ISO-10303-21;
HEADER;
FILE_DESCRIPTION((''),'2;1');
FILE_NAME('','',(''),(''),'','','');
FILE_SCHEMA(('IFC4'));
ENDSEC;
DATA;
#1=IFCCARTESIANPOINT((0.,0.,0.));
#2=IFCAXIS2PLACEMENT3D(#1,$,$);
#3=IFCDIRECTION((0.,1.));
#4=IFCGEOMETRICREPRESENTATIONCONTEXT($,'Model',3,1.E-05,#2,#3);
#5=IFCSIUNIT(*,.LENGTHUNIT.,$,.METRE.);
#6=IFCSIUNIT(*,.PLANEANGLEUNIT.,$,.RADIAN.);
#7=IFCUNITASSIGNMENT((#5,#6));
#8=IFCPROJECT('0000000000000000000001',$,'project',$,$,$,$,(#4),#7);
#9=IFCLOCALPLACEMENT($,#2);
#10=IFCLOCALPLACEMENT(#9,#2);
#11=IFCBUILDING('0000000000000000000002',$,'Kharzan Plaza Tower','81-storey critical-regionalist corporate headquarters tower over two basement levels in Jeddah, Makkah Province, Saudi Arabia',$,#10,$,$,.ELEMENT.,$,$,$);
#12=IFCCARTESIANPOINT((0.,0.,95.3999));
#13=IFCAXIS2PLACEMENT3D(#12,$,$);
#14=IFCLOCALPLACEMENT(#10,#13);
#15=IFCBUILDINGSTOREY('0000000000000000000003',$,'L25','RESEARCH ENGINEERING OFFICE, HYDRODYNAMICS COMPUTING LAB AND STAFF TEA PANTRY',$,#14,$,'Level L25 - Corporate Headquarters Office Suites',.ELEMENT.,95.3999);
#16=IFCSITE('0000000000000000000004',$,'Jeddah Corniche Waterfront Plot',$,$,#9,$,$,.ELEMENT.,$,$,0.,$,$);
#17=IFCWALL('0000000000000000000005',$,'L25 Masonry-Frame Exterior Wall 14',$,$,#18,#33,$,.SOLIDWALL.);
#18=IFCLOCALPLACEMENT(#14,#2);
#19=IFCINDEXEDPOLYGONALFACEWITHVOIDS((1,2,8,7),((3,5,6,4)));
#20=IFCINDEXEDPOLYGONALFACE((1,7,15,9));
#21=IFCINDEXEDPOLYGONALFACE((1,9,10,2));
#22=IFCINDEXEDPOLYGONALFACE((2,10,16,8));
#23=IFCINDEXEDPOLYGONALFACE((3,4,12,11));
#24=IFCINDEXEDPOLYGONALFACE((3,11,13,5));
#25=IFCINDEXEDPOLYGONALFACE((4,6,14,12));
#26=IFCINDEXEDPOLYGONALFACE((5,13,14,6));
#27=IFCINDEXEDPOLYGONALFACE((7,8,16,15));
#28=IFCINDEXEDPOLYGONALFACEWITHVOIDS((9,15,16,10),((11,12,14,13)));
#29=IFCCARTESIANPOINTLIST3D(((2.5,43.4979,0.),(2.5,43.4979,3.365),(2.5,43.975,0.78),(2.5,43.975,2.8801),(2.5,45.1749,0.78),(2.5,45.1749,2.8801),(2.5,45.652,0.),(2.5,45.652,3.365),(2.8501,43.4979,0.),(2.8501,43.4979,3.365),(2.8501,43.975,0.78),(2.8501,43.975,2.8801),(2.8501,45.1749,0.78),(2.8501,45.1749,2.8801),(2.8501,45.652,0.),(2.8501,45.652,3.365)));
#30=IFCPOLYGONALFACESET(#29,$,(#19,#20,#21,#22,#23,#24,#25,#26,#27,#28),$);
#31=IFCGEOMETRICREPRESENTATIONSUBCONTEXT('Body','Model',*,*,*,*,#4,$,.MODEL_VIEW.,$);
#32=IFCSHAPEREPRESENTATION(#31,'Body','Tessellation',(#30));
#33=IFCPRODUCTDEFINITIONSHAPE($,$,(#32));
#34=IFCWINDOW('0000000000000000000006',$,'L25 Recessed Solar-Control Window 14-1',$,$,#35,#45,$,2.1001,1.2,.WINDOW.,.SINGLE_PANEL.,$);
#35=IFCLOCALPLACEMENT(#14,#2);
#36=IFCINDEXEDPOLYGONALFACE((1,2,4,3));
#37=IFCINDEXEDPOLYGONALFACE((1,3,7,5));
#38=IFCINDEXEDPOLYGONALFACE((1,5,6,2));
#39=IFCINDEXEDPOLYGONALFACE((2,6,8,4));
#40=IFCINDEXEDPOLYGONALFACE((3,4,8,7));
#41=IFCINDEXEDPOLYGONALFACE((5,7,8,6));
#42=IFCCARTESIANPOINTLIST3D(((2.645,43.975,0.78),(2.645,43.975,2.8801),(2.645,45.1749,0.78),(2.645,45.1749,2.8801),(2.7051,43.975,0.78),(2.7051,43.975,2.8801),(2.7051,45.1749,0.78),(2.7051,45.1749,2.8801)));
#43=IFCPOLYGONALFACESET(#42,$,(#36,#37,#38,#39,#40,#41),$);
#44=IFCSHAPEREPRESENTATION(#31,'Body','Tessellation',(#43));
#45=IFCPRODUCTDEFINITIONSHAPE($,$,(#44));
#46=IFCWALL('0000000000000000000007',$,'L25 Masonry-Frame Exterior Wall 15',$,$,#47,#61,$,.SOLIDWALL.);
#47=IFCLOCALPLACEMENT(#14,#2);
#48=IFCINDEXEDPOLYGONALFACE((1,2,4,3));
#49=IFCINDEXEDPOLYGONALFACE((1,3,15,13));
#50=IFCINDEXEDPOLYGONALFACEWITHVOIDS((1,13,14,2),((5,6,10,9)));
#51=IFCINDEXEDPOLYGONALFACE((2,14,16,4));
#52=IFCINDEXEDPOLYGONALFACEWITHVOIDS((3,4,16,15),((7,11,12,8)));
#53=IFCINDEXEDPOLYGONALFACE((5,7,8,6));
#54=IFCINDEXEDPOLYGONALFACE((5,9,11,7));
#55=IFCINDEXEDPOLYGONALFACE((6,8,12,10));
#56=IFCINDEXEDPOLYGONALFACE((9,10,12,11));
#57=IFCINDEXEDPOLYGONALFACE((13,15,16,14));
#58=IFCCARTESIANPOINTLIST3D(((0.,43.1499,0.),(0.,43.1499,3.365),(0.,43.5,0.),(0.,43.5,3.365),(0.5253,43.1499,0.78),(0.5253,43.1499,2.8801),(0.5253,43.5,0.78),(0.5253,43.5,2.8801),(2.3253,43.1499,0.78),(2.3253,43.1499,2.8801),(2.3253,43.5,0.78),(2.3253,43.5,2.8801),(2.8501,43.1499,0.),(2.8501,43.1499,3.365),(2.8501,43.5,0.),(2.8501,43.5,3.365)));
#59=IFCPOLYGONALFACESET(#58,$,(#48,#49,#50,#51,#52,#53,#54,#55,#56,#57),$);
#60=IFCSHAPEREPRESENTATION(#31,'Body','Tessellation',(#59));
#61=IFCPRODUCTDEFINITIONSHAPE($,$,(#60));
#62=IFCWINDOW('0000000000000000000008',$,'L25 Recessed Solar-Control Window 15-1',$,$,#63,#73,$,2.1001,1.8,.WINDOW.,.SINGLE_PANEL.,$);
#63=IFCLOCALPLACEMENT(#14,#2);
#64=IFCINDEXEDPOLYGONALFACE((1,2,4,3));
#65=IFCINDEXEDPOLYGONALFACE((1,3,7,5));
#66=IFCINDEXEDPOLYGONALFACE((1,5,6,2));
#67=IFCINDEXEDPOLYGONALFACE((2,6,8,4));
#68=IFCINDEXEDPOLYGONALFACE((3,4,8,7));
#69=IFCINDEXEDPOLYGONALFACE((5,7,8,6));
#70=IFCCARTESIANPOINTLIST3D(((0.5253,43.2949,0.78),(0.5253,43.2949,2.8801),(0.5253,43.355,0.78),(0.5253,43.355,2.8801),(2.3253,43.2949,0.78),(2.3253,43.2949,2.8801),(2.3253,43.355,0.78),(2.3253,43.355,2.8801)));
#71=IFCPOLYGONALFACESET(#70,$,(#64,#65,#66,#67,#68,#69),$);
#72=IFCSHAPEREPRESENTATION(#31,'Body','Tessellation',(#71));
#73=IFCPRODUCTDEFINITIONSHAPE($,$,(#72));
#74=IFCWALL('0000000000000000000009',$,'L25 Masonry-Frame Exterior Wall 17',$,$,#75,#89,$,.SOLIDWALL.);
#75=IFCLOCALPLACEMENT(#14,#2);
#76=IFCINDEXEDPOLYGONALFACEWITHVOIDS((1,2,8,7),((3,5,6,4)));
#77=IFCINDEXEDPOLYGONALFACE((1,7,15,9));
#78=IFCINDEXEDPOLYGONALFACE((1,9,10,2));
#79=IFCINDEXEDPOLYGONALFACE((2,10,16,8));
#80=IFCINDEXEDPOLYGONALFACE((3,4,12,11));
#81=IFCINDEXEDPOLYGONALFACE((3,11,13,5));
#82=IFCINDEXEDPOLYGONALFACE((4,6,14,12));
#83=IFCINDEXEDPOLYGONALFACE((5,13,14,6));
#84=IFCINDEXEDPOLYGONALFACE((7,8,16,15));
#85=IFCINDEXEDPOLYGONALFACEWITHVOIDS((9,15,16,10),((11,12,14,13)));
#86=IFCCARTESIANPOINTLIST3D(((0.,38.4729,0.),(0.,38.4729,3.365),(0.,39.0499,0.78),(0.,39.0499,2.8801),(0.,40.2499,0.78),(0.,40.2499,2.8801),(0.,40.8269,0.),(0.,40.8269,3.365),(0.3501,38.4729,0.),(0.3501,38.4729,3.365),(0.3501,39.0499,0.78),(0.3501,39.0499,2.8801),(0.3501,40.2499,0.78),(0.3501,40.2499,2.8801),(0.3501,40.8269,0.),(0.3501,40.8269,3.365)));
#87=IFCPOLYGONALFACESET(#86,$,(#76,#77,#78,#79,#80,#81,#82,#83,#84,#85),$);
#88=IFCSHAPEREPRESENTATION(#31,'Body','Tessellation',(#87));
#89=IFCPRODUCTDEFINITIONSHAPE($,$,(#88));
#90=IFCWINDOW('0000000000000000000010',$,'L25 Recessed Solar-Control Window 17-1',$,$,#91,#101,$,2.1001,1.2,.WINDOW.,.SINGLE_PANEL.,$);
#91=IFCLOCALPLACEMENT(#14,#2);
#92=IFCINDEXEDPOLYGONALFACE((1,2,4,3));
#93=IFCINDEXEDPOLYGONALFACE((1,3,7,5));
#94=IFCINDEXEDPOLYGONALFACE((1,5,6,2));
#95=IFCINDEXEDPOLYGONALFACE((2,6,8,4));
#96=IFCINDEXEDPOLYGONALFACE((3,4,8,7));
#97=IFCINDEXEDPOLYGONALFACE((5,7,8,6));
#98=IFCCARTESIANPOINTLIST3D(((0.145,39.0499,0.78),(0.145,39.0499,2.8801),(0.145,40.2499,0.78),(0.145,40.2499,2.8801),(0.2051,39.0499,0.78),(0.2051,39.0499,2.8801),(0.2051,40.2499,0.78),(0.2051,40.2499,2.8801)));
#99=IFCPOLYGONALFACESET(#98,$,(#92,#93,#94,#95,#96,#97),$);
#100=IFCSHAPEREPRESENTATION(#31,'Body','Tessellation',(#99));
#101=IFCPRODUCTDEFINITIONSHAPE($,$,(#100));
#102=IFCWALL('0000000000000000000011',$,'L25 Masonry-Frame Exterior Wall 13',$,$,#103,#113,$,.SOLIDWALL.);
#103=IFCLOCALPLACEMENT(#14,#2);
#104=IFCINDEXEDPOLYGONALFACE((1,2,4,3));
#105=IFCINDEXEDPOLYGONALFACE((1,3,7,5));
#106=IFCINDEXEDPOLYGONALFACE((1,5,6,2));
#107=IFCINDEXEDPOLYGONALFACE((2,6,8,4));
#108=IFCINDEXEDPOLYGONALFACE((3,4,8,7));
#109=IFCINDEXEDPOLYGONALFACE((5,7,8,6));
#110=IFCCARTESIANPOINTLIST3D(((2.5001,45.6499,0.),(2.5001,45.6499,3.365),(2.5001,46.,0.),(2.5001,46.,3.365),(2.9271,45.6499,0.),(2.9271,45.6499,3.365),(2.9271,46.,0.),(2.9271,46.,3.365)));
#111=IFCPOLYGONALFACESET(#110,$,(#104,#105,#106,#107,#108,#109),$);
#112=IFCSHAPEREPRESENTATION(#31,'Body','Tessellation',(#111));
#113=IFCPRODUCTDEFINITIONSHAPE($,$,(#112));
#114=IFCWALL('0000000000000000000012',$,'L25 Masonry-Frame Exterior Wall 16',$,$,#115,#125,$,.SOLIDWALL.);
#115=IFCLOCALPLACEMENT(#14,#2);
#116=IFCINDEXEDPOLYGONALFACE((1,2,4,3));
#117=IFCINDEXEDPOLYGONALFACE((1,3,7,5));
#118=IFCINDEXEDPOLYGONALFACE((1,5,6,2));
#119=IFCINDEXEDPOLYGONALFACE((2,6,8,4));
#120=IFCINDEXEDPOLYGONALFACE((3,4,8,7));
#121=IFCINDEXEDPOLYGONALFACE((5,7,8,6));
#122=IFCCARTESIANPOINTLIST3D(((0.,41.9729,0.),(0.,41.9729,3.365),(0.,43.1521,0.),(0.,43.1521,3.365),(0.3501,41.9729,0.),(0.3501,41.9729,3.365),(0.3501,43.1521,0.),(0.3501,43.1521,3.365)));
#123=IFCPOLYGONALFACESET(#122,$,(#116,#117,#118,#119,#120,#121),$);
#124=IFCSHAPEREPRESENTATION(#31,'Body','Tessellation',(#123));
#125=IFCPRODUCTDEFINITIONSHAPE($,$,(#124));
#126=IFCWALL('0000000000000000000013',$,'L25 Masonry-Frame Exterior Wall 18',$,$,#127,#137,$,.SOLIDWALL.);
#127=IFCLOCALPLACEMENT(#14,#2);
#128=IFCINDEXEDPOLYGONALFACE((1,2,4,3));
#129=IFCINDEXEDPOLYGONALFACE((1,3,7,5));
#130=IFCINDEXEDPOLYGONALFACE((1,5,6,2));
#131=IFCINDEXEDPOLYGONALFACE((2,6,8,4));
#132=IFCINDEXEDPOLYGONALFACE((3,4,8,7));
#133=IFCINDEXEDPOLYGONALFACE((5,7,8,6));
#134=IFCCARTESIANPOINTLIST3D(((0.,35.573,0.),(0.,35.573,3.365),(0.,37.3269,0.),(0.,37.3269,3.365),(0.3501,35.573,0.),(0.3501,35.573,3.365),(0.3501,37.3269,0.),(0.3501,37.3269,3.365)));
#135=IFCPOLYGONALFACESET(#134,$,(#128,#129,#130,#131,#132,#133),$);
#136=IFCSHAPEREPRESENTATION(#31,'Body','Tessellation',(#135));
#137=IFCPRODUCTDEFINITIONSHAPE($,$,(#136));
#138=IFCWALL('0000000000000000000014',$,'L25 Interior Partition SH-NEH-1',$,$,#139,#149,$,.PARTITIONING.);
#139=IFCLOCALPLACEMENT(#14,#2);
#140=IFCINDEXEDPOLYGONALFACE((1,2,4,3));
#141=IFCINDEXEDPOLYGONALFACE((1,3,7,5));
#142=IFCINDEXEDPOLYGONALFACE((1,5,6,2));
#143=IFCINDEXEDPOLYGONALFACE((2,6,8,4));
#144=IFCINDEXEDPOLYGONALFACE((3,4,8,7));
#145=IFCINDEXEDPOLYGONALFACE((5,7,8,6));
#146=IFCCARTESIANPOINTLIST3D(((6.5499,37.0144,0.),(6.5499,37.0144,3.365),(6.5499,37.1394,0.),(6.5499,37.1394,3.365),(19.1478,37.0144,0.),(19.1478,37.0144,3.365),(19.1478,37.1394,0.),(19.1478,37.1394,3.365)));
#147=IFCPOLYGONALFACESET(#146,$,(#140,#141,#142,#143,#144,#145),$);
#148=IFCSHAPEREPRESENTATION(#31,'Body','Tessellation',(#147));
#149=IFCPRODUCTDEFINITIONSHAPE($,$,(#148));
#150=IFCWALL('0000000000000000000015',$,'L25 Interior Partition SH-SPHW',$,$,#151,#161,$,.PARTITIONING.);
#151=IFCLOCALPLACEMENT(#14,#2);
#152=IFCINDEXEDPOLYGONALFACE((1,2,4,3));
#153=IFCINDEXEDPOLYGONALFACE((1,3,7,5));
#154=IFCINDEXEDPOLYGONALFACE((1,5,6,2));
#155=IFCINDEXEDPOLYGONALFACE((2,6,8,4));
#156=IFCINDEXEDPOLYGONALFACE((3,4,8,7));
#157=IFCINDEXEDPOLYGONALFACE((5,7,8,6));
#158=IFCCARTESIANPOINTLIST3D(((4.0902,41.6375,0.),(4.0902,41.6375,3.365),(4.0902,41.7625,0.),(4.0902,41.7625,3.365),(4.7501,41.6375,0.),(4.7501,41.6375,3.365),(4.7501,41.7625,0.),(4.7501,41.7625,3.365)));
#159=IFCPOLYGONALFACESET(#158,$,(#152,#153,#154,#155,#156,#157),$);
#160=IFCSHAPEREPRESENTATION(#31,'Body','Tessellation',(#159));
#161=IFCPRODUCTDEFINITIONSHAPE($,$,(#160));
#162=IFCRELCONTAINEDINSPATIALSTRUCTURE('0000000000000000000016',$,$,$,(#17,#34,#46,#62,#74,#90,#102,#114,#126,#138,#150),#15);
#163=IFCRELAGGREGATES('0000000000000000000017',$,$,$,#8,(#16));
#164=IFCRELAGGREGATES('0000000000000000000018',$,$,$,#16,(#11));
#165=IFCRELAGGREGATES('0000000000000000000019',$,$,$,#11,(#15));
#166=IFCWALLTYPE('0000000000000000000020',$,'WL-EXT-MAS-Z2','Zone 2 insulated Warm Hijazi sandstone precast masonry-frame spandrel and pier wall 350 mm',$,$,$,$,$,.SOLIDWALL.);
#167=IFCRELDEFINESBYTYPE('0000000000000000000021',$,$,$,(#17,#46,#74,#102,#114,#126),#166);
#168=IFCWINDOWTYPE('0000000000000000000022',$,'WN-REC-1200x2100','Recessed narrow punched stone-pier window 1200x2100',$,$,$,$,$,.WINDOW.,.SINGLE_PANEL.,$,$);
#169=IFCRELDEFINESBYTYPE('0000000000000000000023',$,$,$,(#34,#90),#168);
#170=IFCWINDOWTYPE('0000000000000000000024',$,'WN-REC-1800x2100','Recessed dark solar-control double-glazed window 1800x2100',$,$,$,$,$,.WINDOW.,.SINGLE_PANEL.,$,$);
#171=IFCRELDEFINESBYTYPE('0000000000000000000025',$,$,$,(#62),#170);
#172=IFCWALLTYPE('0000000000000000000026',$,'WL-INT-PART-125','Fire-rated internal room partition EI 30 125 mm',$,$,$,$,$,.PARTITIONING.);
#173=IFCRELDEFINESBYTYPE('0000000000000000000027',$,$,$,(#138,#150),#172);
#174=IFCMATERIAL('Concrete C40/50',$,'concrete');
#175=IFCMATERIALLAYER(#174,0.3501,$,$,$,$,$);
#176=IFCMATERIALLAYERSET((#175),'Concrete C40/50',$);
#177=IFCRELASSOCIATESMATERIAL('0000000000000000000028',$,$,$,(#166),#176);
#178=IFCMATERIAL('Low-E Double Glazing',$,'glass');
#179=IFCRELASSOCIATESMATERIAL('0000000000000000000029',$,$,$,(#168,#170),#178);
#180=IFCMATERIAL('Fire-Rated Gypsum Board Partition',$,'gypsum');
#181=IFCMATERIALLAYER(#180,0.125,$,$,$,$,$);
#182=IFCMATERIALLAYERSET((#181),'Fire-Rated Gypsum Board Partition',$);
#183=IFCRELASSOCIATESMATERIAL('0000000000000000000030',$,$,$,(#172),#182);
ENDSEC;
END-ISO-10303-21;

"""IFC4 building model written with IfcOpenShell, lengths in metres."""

from ifc_helpers import new_model, si_unit, direction, frame, frame_2d, origin, place, context, subcontext, project, spatial, rectangle, extrude, source, transform, mapped, material, layer, layer_set, type_object, element, fill, save


model = new_model("IFC4")

# Units and contexts
model_context = context("Model", 3, precision=1e-05, world=origin(), true_north=direction((0.0, 1.0)))
body_context = subcontext(model_context, "Body", "Model", "MODEL_VIEW")
ifc_project = project(units=[si_unit("LENGTHUNIT", "METRE"), si_unit("PLANEANGLEUNIT", "RADIAN")], contexts=[model_context])

# Site, building, storey
site_placement = place(None, origin())
site = spatial("IfcSite", under=ifc_project, at=site_placement, Name="Jeddah Corniche Waterfront Plot", CompositionType="ELEMENT", RefElevation=0.0)
building_placement = place(site_placement, origin())
building = spatial("IfcBuilding", under=site, at=building_placement, Name="Kharzan Plaza Tower", Description="81-storey critical-regionalist corporate headquarters tower over two basement levels in Jeddah, Makkah Province, Saudi Arabia", CompositionType="ELEMENT")
storey_placement = place(building_placement, frame((0.0, 0.0, 95.3999)))
storey = spatial("IfcBuildingStorey", under=building, at=storey_placement, Name="L25", Description="RESEARCH ENGINEERING OFFICE, HYDRODYNAMICS COMPUTING LAB AND STAFF TEA PANTRY", LongName="Level L25 - Corporate Headquarters Office Suites", CompositionType="ELEMENT", Elevation=95.3999)

# Walls, openings, windows
ifc_material_1 = material(Name="Concrete C40/50", Category="concrete")
ifc_layer_1 = layer(ifc_material_1, 0.3501)
ifc_layer_set_1 = layer_set([ifc_layer_1], Name="Concrete C40/50")
wall_type_1 = type_object("IfcWallType", Name="WL-EXT-MAS-Z2", Description="Zone 2 insulated Warm Hijazi sandstone precast masonry-frame spandrel and pier wall 350 mm", PredefinedType="SOLIDWALL", material=ifc_layer_set_1)
wall_1_placement = place(storey_placement, frame((2.675, 45.6521, 0.0), z_axis=(0.0, 0.0, 1.0), x_axis=(0.0, -1.0, 0.0)))
wall_1 = element("IfcWall", 1, at=wall_1_placement, inside=storey, type_object=wall_type_1, Name="L25 Masonry-Frame Exterior Wall 14", PredefinedType="SOLIDWALL", context=body_context, shape_type="SweptSolid", body=[
    extrude(rectangle(XDim=2.1541, YDim=0.3501, at=frame_2d((1.0771, 0.0))), origin(), (0.0, 0.0, 1.0), 3.365),
])
opening_1_placement = place(wall_1_placement, frame((0.4771, 0.0, 0.78)))
opening_1 = element("IfcOpeningElement", 2, at=opening_1_placement, cuts=wall_1, PredefinedType="OPENING", context=body_context, shape_type="SweptSolid", body=[
    extrude(rectangle(XDim=1.2, YDim=2.1001, at=frame_2d((0.6001, 1.05))), frame((0.0, 0.1851, 0.0), z_axis=(0.0, -1.0, 0.0), x_axis=(1.0, 0.0, 0.0)), (0.0, 0.0, 1.0), 0.3701),
])
ifc_material_2 = material(Name="Low-E Double Glazing", Category="glass")
window_type_1 = type_object("IfcWindowType", Name="WN-REC-1200x2100", Description="Recessed narrow punched stone-pier window 1200x2100", PartitioningType="SINGLE_PANEL", PredefinedType="WINDOW", material=ifc_material_2)
shared_shape_1 = source(origin(), body_context, "Body", "SweptSolid", [
    extrude(rectangle(XDim=1.2, YDim=2.1001, at=frame_2d((0.6001, 1.05))), frame((0.0, 0.03, 0.0), z_axis=(0.0, -1.0, 0.0), x_axis=(1.0, 0.0, 0.0)), (0.0, 0.0, 1.0), 0.0601),
])
window_1_placement = place(opening_1_placement, origin())
window_1 = element("IfcWindow", 3, at=window_1_placement, inside=storey, type_object=window_type_1, Name="L25 Recessed Solar-Control Window 14-1", OverallHeight=2.1001, OverallWidth=1.2, PartitioningType="SINGLE_PANEL", PredefinedType="WINDOW", context=body_context, shape_type="MappedRepresentation", body=[
    mapped(shared_shape_1, transform((0.0, 0.0, 0.0), x_axis=(1.0, 0.0, 0.0), y_axis=(0.0, 1.0, 0.0), z_axis=(0.0, 0.0, 1.0))),
])
fill(opening_1, window_1)
wall_2_placement = place(storey_placement, frame((2.8501, 43.325, 0.0), z_axis=(0.0, 0.0, 1.0), x_axis=(-1.0, 0.0, 0.0)))
wall_2 = element("IfcWall", 4, at=wall_2_placement, inside=storey, type_object=wall_type_1, Name="L25 Masonry-Frame Exterior Wall 15", PredefinedType="SOLIDWALL", context=body_context, shape_type="SweptSolid", body=[
    extrude(rectangle(XDim=2.8501, YDim=0.3501, at=frame_2d((1.425, 0.0))), origin(), (0.0, 0.0, 1.0), 3.365),
])
opening_2_placement = place(wall_2_placement, frame((0.5249, 0.0, 0.78)))
opening_2 = element("IfcOpeningElement", 5, at=opening_2_placement, cuts=wall_2, PredefinedType="OPENING", context=body_context, shape_type="SweptSolid", body=[
    extrude(rectangle(XDim=1.8, YDim=2.1001, at=frame_2d((0.8999, 1.05))), frame((0.0, 0.1851, 0.0), z_axis=(0.0, -1.0, 0.0), x_axis=(1.0, 0.0, 0.0)), (0.0, 0.0, 1.0), 0.3701),
])
window_type_2 = type_object("IfcWindowType", Name="WN-REC-1800x2100", Description="Recessed dark solar-control double-glazed window 1800x2100", PartitioningType="SINGLE_PANEL", PredefinedType="WINDOW", material=ifc_material_2)
shared_shape_2 = source(origin(), body_context, "Body", "SweptSolid", [
    extrude(rectangle(XDim=1.8, YDim=2.1001, at=frame_2d((0.8999, 1.05))), frame((0.0, 0.03, 0.0), z_axis=(0.0, -1.0, 0.0), x_axis=(1.0, 0.0, 0.0)), (0.0, 0.0, 1.0), 0.0601),
])
window_2_placement = place(opening_2_placement, origin())
window_2 = element("IfcWindow", 6, at=window_2_placement, inside=storey, type_object=window_type_2, Name="L25 Recessed Solar-Control Window 15-1", OverallHeight=2.1001, OverallWidth=1.8, PartitioningType="SINGLE_PANEL", PredefinedType="WINDOW", context=body_context, shape_type="MappedRepresentation", body=[
    mapped(shared_shape_2, transform((0.0, 0.0, 0.0), x_axis=(1.0, 0.0, 0.0), y_axis=(0.0, 1.0, 0.0), z_axis=(0.0, 0.0, 1.0))),
])
fill(opening_2, window_2)
wall_3_placement = place(storey_placement, frame((0.175, 40.8269, 0.0), z_axis=(0.0, 0.0, 1.0), x_axis=(0.0, -1.0, 0.0)))
wall_3 = element("IfcWall", 7, at=wall_3_placement, inside=storey, type_object=wall_type_1, Name="L25 Masonry-Frame Exterior Wall 17", PredefinedType="SOLIDWALL", context=body_context, shape_type="SweptSolid", body=[
    extrude(rectangle(XDim=2.354, YDim=0.3501, at=frame_2d((1.177, 0.0))), origin(), (0.0, 0.0, 1.0), 3.365),
])
opening_3_placement = place(wall_3_placement, frame((0.5769, 0.0, 0.78)))
opening_3 = element("IfcOpeningElement", 8, at=opening_3_placement, cuts=wall_3, PredefinedType="OPENING", context=body_context, shape_type="SweptSolid", body=[
    extrude(rectangle(XDim=1.2, YDim=2.1001, at=frame_2d((0.6001, 1.05))), frame((0.0, 0.1851, 0.0), z_axis=(0.0, -1.0, 0.0), x_axis=(1.0, 0.0, 0.0)), (0.0, 0.0, 1.0), 0.3701),
])
window_3_placement = place(opening_3_placement, origin())
window_3 = element("IfcWindow", 9, at=window_3_placement, inside=storey, type_object=window_type_1, Name="L25 Recessed Solar-Control Window 17-1", OverallHeight=2.1001, OverallWidth=1.2, PartitioningType="SINGLE_PANEL", PredefinedType="WINDOW", context=body_context, shape_type="MappedRepresentation", body=[
    mapped(shared_shape_1, transform((0.0, 0.0, 0.0), x_axis=(1.0, 0.0, 0.0), y_axis=(0.0, 1.0, 0.0), z_axis=(0.0, 0.0, 1.0))),
])
fill(opening_3, window_3)

# Shared definitions
ifc_material_3 = material(Name="Fire-Rated Gypsum Board Partition", Category="gypsum")
ifc_layer_2 = layer(ifc_material_3, 0.125)
ifc_layer_set_2 = layer_set([ifc_layer_2], Name="Fire-Rated Gypsum Board Partition")
wall_type_2 = type_object("IfcWallType", Name="WL-INT-PART-125", Description="Fire-rated internal room partition EI 30 125 mm", PredefinedType="PARTITIONING", material=ifc_layer_set_2)

# Walls
shared_shape_3 = source(origin(), body_context, "Body", "SweptSolid", [
    extrude(rectangle(XDim=0.427, YDim=0.3501, at=frame_2d((0.2134, 0.0))), origin(), (0.0, 0.0, 1.0), 3.365),
])
wall_4_placement = place(storey_placement, frame((2.927, 45.825, 0.0), z_axis=(0.0, 0.0, 1.0), x_axis=(-1.0, 0.0, 0.0)))
element("IfcWall", 10, at=wall_4_placement, inside=storey, type_object=wall_type_1, Name="L25 Masonry-Frame Exterior Wall 13", PredefinedType="SOLIDWALL", context=body_context, shape_type="MappedRepresentation", body=[
    mapped(shared_shape_3, transform((0.0, 0.0, 0.0), x_axis=(1.0, 0.0, 0.0), y_axis=(0.0, 1.0, 0.0), z_axis=(0.0, 0.0, 1.0))),
])
shared_shape_4 = source(origin(), body_context, "Body", "SweptSolid", [
    extrude(rectangle(XDim=1.1792, YDim=0.3501, at=frame_2d((0.5896, 0.0))), origin(), (0.0, 0.0, 1.0), 3.365),
])
wall_5_placement = place(storey_placement, frame((0.175, 43.1521, 0.0), z_axis=(0.0, 0.0, 1.0), x_axis=(0.0, -1.0, 0.0)))
element("IfcWall", 11, at=wall_5_placement, inside=storey, type_object=wall_type_1, Name="L25 Masonry-Frame Exterior Wall 16", PredefinedType="SOLIDWALL", context=body_context, shape_type="MappedRepresentation", body=[
    mapped(shared_shape_4, transform((0.0, 0.0, 0.0), x_axis=(1.0, 0.0, 0.0), y_axis=(0.0, 1.0, 0.0), z_axis=(0.0, 0.0, 1.0))),
])
shared_shape_5 = source(origin(), body_context, "Body", "SweptSolid", [
    extrude(rectangle(XDim=1.7539, YDim=0.3501, at=frame_2d((0.877, 0.0))), origin(), (0.0, 0.0, 1.0), 3.365),
])
wall_6_placement = place(storey_placement, frame((0.175, 37.3269, 0.0), z_axis=(0.0, 0.0, 1.0), x_axis=(0.0, -1.0, 0.0)))
element("IfcWall", 12, at=wall_6_placement, inside=storey, type_object=wall_type_1, Name="L25 Masonry-Frame Exterior Wall 18", PredefinedType="SOLIDWALL", context=body_context, shape_type="MappedRepresentation", body=[
    mapped(shared_shape_5, transform((0.0, 0.0, 0.0), x_axis=(1.0, 0.0, 0.0), y_axis=(0.0, 1.0, 0.0), z_axis=(0.0, 0.0, 1.0))),
])
shared_shape_6 = source(origin(), body_context, "Body", "SweptSolid", [
    extrude(rectangle(XDim=12.5979, YDim=0.125, at=frame_2d((6.2988, 0.0))), origin(), (0.0, 0.0, 1.0), 3.365),
])
wall_7_placement = place(storey_placement, frame((6.55, 37.0769, 0.0), z_axis=(0.0, 0.0, 1.0), x_axis=(1.0, 0.0, 0.0)))
element("IfcWall", 13, at=wall_7_placement, inside=storey, type_object=wall_type_2, Name="L25 Interior Partition SH-NEH-1", PredefinedType="PARTITIONING", context=body_context, shape_type="MappedRepresentation", body=[
    mapped(shared_shape_6, transform((0.0, 0.0, 0.0), x_axis=(1.0, 0.0, 0.0), y_axis=(0.0, 1.0, 0.0), z_axis=(0.0, 0.0, 1.0))),
])
shared_shape_7 = source(origin(), body_context, "Body", "SweptSolid", [
    extrude(rectangle(XDim=0.6599, YDim=0.125, at=frame_2d((0.3301, 0.0))), origin(), (0.0, 0.0, 1.0), 3.365),
])
wall_8_placement = place(storey_placement, frame((4.0901, 41.7, 0.0), z_axis=(0.0, 0.0, 1.0), x_axis=(1.0, 0.0, 0.0)))
element("IfcWall", 14, at=wall_8_placement, inside=storey, type_object=wall_type_2, Name="L25 Interior Partition SH-SPHW", PredefinedType="PARTITIONING", context=body_context, shape_type="MappedRepresentation", body=[
    mapped(shared_shape_7, transform((0.0, 0.0, 0.0), x_axis=(1.0, 0.0, 0.0), y_axis=(0.0, 1.0, 0.0), z_axis=(0.0, 0.0, 1.0))),
])

save(model, "model.ifc")
